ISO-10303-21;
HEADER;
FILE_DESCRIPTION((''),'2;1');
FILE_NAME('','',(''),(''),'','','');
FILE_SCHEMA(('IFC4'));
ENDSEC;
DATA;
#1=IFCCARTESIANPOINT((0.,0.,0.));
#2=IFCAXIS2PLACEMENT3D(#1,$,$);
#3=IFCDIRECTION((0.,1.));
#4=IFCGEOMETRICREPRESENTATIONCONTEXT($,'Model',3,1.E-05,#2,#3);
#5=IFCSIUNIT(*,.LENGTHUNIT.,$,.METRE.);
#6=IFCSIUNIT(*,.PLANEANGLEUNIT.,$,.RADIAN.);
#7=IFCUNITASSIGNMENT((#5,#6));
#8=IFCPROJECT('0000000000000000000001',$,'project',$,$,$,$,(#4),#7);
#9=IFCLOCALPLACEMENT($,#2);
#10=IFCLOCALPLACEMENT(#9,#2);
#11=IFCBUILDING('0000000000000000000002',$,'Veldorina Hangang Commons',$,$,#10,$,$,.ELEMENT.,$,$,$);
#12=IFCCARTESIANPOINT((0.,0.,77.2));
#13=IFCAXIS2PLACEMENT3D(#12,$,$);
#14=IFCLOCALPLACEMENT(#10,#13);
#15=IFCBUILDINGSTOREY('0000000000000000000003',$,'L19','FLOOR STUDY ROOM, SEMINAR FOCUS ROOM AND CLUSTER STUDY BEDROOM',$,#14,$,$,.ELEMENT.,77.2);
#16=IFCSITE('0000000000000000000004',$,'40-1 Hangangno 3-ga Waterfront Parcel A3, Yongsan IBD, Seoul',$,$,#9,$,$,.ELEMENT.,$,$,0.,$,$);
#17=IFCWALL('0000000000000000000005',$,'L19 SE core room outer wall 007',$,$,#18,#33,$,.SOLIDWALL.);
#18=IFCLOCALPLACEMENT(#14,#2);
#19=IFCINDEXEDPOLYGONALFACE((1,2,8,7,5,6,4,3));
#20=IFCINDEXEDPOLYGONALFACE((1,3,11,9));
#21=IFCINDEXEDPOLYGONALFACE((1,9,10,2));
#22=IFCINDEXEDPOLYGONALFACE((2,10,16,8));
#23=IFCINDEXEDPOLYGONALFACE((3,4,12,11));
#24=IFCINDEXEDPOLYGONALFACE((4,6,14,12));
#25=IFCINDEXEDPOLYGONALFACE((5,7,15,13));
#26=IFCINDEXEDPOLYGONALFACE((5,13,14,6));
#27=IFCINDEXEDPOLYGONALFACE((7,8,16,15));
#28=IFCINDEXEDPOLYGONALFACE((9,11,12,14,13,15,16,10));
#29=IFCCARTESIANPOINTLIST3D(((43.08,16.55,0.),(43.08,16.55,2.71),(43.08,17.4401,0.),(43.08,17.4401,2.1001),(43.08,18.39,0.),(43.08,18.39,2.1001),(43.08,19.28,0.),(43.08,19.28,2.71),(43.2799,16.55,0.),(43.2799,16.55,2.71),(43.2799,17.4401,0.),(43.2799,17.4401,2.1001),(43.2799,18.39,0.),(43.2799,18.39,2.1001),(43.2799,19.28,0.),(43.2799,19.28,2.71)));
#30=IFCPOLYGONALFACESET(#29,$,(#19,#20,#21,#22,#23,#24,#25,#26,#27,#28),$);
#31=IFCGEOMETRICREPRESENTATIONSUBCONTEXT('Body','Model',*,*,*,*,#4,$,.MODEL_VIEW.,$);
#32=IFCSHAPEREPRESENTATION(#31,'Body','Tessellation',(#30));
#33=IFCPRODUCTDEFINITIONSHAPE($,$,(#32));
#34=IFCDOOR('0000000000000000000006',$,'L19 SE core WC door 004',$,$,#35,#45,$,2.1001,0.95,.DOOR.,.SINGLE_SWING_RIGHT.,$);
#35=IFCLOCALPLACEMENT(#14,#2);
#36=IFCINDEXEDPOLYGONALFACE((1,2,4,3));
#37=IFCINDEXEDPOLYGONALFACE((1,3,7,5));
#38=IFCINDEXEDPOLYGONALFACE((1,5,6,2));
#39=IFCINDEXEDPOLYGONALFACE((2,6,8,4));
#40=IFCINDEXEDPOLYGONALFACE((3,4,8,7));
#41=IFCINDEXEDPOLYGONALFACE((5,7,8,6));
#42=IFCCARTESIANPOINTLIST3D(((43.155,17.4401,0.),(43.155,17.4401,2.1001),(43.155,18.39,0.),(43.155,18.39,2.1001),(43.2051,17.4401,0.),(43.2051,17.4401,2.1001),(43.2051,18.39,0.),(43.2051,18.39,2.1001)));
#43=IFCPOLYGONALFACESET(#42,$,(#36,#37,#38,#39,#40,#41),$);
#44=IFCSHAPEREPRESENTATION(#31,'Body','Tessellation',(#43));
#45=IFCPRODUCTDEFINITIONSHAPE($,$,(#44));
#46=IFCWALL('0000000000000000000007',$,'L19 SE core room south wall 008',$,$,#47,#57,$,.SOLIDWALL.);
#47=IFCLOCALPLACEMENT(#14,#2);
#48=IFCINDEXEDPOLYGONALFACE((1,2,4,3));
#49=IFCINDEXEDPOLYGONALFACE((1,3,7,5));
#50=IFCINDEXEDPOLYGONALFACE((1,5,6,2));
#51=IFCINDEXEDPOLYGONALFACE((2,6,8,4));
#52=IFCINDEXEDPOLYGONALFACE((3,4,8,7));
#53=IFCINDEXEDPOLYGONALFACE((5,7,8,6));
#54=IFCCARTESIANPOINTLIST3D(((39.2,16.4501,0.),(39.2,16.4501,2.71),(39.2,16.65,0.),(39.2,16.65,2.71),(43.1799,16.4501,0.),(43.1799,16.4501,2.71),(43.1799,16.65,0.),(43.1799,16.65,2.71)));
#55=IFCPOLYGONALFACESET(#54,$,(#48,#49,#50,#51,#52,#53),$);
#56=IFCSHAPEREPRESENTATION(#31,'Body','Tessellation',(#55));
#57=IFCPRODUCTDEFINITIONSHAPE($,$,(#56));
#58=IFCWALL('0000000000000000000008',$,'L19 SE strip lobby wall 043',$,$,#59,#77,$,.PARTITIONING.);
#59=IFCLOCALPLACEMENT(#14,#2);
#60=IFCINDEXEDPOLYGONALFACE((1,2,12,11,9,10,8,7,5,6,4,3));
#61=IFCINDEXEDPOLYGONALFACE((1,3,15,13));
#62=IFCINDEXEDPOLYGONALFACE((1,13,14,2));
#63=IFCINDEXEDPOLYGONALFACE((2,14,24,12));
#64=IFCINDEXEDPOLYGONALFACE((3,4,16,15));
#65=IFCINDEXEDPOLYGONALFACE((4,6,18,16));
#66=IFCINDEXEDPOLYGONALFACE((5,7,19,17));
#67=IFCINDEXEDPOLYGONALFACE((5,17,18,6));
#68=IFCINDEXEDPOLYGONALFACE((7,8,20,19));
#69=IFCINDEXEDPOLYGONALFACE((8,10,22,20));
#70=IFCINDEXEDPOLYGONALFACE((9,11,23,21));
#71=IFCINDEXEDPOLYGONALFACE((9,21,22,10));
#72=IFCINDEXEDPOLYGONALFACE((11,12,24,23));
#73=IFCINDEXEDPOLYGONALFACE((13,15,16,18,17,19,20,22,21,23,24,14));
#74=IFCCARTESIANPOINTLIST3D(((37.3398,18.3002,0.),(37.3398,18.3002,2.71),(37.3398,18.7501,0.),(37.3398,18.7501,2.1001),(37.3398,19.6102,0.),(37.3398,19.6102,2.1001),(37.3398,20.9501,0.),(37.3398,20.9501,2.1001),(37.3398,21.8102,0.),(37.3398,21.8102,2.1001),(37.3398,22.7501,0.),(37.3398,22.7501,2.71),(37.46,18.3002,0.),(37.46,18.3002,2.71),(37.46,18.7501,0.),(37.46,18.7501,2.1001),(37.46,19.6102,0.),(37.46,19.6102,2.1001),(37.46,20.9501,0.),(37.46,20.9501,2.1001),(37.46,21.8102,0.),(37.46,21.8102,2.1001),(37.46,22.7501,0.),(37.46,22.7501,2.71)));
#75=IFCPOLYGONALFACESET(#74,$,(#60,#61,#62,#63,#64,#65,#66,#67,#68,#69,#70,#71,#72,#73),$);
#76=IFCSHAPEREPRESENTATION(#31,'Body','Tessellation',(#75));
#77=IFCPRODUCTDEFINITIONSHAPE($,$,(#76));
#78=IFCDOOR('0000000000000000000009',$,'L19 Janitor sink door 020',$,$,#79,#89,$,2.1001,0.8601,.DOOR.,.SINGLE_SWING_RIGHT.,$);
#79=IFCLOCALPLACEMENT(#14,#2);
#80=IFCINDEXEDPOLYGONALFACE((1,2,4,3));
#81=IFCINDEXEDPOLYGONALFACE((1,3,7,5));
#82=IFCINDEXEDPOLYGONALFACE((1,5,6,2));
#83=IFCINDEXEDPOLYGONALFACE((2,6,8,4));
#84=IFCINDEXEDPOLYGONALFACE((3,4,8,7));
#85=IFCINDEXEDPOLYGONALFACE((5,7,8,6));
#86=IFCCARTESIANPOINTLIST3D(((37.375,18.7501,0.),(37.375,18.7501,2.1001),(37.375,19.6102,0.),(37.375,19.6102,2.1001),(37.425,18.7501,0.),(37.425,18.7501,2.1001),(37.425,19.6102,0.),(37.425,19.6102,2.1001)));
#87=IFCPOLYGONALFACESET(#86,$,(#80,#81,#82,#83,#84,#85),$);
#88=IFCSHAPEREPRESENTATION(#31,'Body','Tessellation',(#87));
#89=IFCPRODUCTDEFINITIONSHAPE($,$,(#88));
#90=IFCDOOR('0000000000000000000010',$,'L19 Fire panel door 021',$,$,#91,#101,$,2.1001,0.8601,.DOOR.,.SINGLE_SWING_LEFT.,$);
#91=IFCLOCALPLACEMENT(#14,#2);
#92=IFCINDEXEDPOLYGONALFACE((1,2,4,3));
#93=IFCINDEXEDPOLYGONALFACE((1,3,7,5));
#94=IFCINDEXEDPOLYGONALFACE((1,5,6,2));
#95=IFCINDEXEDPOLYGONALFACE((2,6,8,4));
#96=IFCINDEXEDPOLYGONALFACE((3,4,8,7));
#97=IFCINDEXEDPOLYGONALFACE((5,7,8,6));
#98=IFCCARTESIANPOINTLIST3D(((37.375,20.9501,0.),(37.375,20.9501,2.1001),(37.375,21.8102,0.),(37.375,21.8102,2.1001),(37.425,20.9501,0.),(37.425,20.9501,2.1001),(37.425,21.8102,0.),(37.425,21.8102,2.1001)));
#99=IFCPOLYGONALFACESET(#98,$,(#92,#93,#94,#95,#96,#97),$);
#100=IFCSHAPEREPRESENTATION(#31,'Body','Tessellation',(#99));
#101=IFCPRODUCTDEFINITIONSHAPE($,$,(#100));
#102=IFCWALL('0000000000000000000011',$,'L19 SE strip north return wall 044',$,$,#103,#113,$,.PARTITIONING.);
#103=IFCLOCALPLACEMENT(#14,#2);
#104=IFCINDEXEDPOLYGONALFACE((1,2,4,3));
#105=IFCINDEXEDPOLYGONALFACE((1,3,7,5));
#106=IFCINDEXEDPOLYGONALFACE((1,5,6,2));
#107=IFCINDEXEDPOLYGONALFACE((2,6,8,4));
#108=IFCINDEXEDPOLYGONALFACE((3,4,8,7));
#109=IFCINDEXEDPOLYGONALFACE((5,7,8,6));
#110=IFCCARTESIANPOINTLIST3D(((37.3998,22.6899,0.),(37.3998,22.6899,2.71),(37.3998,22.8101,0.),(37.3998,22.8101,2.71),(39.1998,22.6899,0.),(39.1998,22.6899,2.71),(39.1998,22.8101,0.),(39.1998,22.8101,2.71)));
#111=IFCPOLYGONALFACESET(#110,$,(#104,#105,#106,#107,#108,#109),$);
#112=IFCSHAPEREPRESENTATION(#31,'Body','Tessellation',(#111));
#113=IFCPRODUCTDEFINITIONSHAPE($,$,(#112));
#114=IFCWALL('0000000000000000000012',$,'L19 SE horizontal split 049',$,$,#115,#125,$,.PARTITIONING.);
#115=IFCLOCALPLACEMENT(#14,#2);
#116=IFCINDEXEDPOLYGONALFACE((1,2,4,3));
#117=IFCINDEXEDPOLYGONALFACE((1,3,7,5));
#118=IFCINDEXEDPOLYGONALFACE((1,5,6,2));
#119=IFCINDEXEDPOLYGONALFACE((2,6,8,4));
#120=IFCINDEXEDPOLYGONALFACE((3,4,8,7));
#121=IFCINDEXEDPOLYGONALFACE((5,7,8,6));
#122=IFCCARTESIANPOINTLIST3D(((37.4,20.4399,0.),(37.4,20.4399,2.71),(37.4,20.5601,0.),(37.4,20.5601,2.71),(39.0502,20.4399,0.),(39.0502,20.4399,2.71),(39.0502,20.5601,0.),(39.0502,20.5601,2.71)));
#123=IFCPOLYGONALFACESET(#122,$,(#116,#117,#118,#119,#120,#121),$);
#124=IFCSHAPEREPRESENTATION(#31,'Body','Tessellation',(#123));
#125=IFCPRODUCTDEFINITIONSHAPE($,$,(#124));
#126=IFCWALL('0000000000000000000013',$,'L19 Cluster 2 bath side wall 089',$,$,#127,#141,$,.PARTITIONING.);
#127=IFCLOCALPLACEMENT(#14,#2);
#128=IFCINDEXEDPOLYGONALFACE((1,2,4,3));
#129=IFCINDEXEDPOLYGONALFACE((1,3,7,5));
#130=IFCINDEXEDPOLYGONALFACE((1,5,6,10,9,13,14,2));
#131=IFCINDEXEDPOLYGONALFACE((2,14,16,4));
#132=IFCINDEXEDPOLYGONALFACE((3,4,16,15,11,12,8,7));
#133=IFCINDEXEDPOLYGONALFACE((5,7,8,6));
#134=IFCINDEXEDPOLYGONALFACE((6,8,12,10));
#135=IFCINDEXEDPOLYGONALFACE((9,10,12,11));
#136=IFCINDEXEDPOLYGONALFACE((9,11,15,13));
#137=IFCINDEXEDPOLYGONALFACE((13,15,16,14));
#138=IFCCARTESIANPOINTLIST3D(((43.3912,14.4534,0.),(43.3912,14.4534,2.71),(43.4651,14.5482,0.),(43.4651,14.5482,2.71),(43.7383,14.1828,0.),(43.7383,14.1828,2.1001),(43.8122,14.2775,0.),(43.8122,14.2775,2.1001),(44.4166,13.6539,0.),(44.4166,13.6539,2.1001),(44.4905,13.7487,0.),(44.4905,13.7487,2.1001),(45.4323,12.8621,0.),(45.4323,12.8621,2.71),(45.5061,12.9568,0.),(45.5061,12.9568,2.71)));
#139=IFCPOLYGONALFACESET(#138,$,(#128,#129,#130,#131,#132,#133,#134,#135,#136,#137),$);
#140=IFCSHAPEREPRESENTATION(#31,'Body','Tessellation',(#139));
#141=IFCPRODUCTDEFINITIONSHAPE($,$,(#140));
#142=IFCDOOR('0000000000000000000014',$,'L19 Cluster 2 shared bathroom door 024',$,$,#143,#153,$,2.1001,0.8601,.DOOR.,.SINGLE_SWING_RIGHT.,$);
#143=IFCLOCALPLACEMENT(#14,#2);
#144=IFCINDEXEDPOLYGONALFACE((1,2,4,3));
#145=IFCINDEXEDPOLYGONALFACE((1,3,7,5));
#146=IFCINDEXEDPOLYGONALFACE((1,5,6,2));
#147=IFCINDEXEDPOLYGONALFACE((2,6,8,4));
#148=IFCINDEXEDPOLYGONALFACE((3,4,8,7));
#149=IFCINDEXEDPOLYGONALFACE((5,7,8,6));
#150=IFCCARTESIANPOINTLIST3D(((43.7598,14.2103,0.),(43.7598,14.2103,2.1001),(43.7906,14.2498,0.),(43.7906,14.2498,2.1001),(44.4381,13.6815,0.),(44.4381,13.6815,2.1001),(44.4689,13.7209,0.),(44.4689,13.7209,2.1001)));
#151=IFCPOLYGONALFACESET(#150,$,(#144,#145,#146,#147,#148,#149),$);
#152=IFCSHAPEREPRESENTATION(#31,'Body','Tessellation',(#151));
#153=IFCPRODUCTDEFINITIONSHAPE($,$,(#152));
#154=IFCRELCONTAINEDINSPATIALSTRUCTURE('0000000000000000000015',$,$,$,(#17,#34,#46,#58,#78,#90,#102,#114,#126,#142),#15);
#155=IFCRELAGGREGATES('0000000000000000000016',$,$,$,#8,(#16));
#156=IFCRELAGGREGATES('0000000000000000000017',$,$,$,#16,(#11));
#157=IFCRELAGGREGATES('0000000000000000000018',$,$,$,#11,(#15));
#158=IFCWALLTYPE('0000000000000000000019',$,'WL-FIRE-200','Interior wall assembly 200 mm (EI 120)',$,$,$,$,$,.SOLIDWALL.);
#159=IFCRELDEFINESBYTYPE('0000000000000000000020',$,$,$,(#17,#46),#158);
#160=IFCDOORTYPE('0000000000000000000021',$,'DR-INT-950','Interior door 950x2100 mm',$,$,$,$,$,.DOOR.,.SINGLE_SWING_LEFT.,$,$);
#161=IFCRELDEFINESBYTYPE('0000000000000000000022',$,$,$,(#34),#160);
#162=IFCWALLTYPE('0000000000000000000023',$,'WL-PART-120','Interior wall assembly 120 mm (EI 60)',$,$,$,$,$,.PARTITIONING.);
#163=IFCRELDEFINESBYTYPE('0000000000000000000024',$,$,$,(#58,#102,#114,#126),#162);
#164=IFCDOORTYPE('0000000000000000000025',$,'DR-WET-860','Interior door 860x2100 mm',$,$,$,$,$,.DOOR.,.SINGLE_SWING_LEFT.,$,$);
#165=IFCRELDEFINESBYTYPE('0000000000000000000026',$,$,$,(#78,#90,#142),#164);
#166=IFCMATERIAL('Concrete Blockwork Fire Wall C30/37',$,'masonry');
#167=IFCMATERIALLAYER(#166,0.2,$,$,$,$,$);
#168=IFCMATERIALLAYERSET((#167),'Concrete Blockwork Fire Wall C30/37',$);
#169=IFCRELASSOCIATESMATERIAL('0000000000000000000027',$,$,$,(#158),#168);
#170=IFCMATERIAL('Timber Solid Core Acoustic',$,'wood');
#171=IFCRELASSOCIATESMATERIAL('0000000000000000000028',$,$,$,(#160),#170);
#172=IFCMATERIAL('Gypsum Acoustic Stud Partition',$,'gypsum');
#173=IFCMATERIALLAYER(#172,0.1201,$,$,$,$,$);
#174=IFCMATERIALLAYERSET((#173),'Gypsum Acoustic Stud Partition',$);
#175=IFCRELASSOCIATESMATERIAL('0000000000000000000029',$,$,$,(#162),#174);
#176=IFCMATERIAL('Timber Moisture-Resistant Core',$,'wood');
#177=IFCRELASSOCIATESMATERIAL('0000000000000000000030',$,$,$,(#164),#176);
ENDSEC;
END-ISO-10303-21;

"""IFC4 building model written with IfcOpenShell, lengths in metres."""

from ifc_helpers import new_model, si_unit, direction, frame, frame_2d, origin, place, context, subcontext, project, spatial, rectangle, extrude, material, layer, layer_set, type_object, element, fill, save


model = new_model("IFC4")

# Units and contexts
model_context = context("Model", 3, precision=1e-05, world=origin(), true_north=direction((0.0, 1.0)))
body_context = subcontext(model_context, "Body", "Model", "MODEL_VIEW")
ifc_project = project(units=[si_unit("LENGTHUNIT", "METRE"), si_unit("PLANEANGLEUNIT", "RADIAN")], contexts=[model_context])

# Site, building, storey
site_placement = place(None, origin())
site = spatial("IfcSite", under=ifc_project, at=site_placement, Name="40-1 Hangangno 3-ga Waterfront Parcel A3, Yongsan IBD, Seoul", CompositionType="ELEMENT", RefElevation=0.0)
building_placement = place(site_placement, origin())
building = spatial("IfcBuilding", under=site, at=building_placement, Name="Veldorina Hangang Commons", CompositionType="ELEMENT")
storey_placement = place(building_placement, frame((0.0, 0.0, 77.2)))
storey = spatial("IfcBuildingStorey", under=building, at=storey_placement, Name="L19", Description="FLOOR STUDY ROOM, SEMINAR FOCUS ROOM AND CLUSTER STUDY BEDROOM", CompositionType="ELEMENT", Elevation=77.2)

# Wall, opening, door
ifc_material_1 = material(Name="Concrete Blockwork Fire Wall C30/37", Category="masonry")
ifc_layer_1 = layer(ifc_material_1, 0.2)
ifc_layer_set_1 = layer_set([ifc_layer_1], Name="Concrete Blockwork Fire Wall C30/37")
wall_type_1 = type_object("IfcWallType", Name="WL-FIRE-200", Description="Interior wall assembly 200 mm (EI 120)", PredefinedType="SOLIDWALL", material=ifc_layer_set_1)
wall_1_placement = place(storey_placement, frame((43.1799, 16.55, 0.0), z_axis=(0.0, 0.0, 1.0), x_axis=(0.0, 1.0, 0.0)))
wall_1 = element("IfcWall", 1, at=wall_1_placement, inside=storey, type_object=wall_type_1, Name="L19 SE core room outer wall 007", PredefinedType="SOLIDWALL", context=body_context, shape_type="SweptSolid", body=[
    extrude(rectangle(XDim=2.73, YDim=0.2, at=frame_2d((1.365, 0.0))), origin(), (0.0, 0.0, 1.0), 2.71),
])
opening_1_placement = place(wall_1_placement, frame((0.8899, 0.0, 0.0)))
opening_1 = element("IfcOpeningElement", 2, at=opening_1_placement, cuts=wall_1, PredefinedType="OPENING", context=body_context, shape_type="SweptSolid", body=[
    extrude(rectangle(XDim=0.95, YDim=2.1001, at=frame_2d((0.4751, 1.05))), frame((0.0, 0.1099, 0.0), z_axis=(0.0, -1.0, 0.0), x_axis=(1.0, 0.0, 0.0)), (0.0, 0.0, 1.0), 0.22),
])
ifc_material_2 = material(Name="Timber Solid Core Acoustic", Category="wood")
door_type_1 = type_object("IfcDoorType", Name="DR-INT-950", Description="Interior door 950x2100 mm", OperationType="SINGLE_SWING_LEFT", PredefinedType="DOOR", material=ifc_material_2)
door_1_placement = place(opening_1_placement, origin())
door_1 = element("IfcDoor", 3, at=door_1_placement, inside=storey, type_object=door_type_1, Name="L19 SE core WC door 004", OperationType="SINGLE_SWING_RIGHT", OverallHeight=2.1001, OverallWidth=0.95, PredefinedType="DOOR", context=body_context, shape_type="SweptSolid", body=[
    extrude(rectangle(XDim=0.95, YDim=2.1001, at=frame_2d((0.4751, 1.05))), frame((0.0, 0.0249, 0.0), z_axis=(0.0, -1.0, 0.0), x_axis=(1.0, 0.0, 0.0)), (0.0, 0.0, 1.0), 0.05),
])
fill(opening_1, door_1)

# Wall
wall_2_placement = place(storey_placement, frame((39.2, 16.55, 0.0), z_axis=(0.0, 0.0, 1.0), x_axis=(1.0, 0.0, 0.0)))
element("IfcWall", 4, at=wall_2_placement, inside=storey, type_object=wall_type_1, Name="L19 SE core room south wall 008", PredefinedType="SOLIDWALL", context=body_context, shape_type="SweptSolid", body=[
    extrude(rectangle(XDim=3.98, YDim=0.2, at=frame_2d((1.99, 0.0))), origin(), (0.0, 0.0, 1.0), 2.71),
])

# Wall, openings, doors
ifc_material_3 = material(Name="Gypsum Acoustic Stud Partition", Category="gypsum")
ifc_layer_2 = layer(ifc_material_3, 0.1201)
ifc_layer_set_2 = layer_set([ifc_layer_2], Name="Gypsum Acoustic Stud Partition")
wall_type_2 = type_object("IfcWallType", Name="WL-PART-120", Description="Interior wall assembly 120 mm (EI 60)", PredefinedType="PARTITIONING", material=ifc_layer_set_2)
wall_3_placement = place(storey_placement, frame((37.3999, 18.3, 0.0), z_axis=(0.0, 0.0, 1.0), x_axis=(0.0, 1.0, 0.0)))
wall_3 = element("IfcWall", 5, at=wall_3_placement, inside=storey, type_object=wall_type_2, Name="L19 SE strip lobby wall 043", PredefinedType="PARTITIONING", context=body_context, shape_type="SweptSolid", body=[
    extrude(rectangle(XDim=4.45, YDim=0.1201, at=frame_2d((2.2251, 0.0))), origin(), (0.0, 0.0, 1.0), 2.71),
])
opening_2_placement = place(wall_3_placement, frame((0.45, 0.0, 0.0)))
opening_2 = element("IfcOpeningElement", 6, at=opening_2_placement, cuts=wall_3, PredefinedType="OPENING", context=body_context, shape_type="SweptSolid", body=[
    extrude(rectangle(XDim=0.8601, YDim=2.1001, at=frame_2d((0.4302, 1.05))), frame((0.0, 0.0701, 0.0), z_axis=(0.0, -1.0, 0.0), x_axis=(1.0, 0.0, 0.0)), (0.0, 0.0, 1.0), 0.1401),
])
opening_3_placement = place(wall_3_placement, frame((2.6499, 0.0, 0.0)))
opening_3 = element("IfcOpeningElement", 7, at=opening_3_placement, cuts=wall_3, PredefinedType="OPENING", context=body_context, shape_type="SweptSolid", body=[
    extrude(rectangle(XDim=0.8601, YDim=2.1001, at=frame_2d((0.4302, 1.05))), frame((0.0, 0.0701, 0.0), z_axis=(0.0, -1.0, 0.0), x_axis=(1.0, 0.0, 0.0)), (0.0, 0.0, 1.0), 0.1401),
])
ifc_material_4 = material(Name="Timber Moisture-Resistant Core", Category="wood")
door_type_2 = type_object("IfcDoorType", Name="DR-WET-860", Description="Interior door 860x2100 mm", OperationType="SINGLE_SWING_LEFT", PredefinedType="DOOR", material=ifc_material_4)
door_2_placement = place(opening_2_placement, origin())
door_2 = element("IfcDoor", 8, at=door_2_placement, inside=storey, type_object=door_type_2, Name="L19 Janitor sink door 020", OperationType="SINGLE_SWING_RIGHT", OverallHeight=2.1001, OverallWidth=0.8601, PredefinedType="DOOR", context=body_context, shape_type="SweptSolid", body=[
    extrude(rectangle(XDim=0.8601, YDim=2.1001, at=frame_2d((0.4302, 1.05))), frame((0.0, 0.0249, 0.0), z_axis=(0.0, -1.0, 0.0), x_axis=(1.0, 0.0, 0.0)), (0.0, 0.0, 1.0), 0.05),
])
fill(opening_2, door_2)
door_3_placement = place(opening_3_placement, origin())
door_3 = element("IfcDoor", 9, at=door_3_placement, inside=storey, type_object=door_type_2, Name="L19 Fire panel door 021", OperationType="SINGLE_SWING_LEFT", OverallHeight=2.1001, OverallWidth=0.8601, PredefinedType="DOOR", context=body_context, shape_type="SweptSolid", body=[
    extrude(rectangle(XDim=0.8601, YDim=2.1001, at=frame_2d((0.4302, 1.05))), frame((0.0, 0.0249, 0.0), z_axis=(0.0, -1.0, 0.0), x_axis=(1.0, 0.0, 0.0)), (0.0, 0.0, 1.0), 0.05),
])
fill(opening_3, door_3)

# Walls
wall_4_placement = place(storey_placement, frame((37.3999, 22.75, 0.0), z_axis=(0.0, 0.0, 1.0), x_axis=(1.0, 0.0, 0.0)))
element("IfcWall", 10, at=wall_4_placement, inside=storey, type_object=wall_type_2, Name="L19 SE strip north return wall 044", PredefinedType="PARTITIONING", context=body_context, shape_type="SweptSolid", body=[
    extrude(rectangle(XDim=1.8, YDim=0.1201, at=frame_2d((0.8999, 0.0))), origin(), (0.0, 0.0, 1.0), 2.71),
])
wall_5_placement = place(storey_placement, frame((37.3999, 20.5, 0.0), z_axis=(0.0, 0.0, 1.0), x_axis=(1.0, 0.0, 0.0)))
element("IfcWall", 11, at=wall_5_placement, inside=storey, type_object=wall_type_2, Name="L19 SE horizontal split 049", PredefinedType="PARTITIONING", context=body_context, shape_type="SweptSolid", body=[
    extrude(rectangle(XDim=1.6501, YDim=0.1201, at=frame_2d((0.8252, 0.0))), origin(), (0.0, 0.0, 1.0), 2.71),
])

# Wall, opening, door
wall_6_placement = place(storey_placement, frame((43.4282, 14.5007, 0.0), z_axis=(0.0, 0.0, 1.0), x_axis=(0.78863, -0.614868, 0.0)))
wall_6 = element("IfcWall", 12, at=wall_6_placement, inside=storey, type_object=wall_type_2, Name="L19 Cluster 2 bath side wall 089", PredefinedType="PARTITIONING", context=body_context, shape_type="SweptSolid", body=[
    extrude(rectangle(XDim=2.5881, YDim=0.1201, at=frame_2d((1.2939, 0.0))), origin(), (0.0, 0.0, 1.0), 2.71),
])
opening_4_placement = place(wall_6_placement, frame((0.4399, 0.0, 0.0)))
opening_4 = element("IfcOpeningElement", 13, at=opening_4_placement, cuts=wall_6, PredefinedType="OPENING", context=body_context, shape_type="SweptSolid", body=[
    extrude(rectangle(XDim=0.8601, YDim=2.1001, at=frame_2d((0.4302, 1.05))), frame((0.0, 0.0701, 0.0), z_axis=(0.0, -1.0, 0.0), x_axis=(1.0, 0.0, 0.0)), (0.0, 0.0, 1.0), 0.1401),
])
door_4_placement = place(opening_4_placement, origin())
door_4 = element("IfcDoor", 14, at=door_4_placement, inside=storey, type_object=door_type_2, Name="L19 Cluster 2 shared bathroom door 024", OperationType="SINGLE_SWING_RIGHT", OverallHeight=2.1001, OverallWidth=0.8601, PredefinedType="DOOR", context=body_context, shape_type="SweptSolid", body=[
    extrude(rectangle(XDim=0.8601, YDim=2.1001, at=frame_2d((0.4302, 1.05))), frame((0.0, 0.0249, 0.0), z_axis=(0.0, -1.0, 0.0), x_axis=(1.0, 0.0, 0.0)), (0.0, 0.0, 1.0), 0.05),
])
fill(opening_4, door_4)

save(model, "model.ifc")
